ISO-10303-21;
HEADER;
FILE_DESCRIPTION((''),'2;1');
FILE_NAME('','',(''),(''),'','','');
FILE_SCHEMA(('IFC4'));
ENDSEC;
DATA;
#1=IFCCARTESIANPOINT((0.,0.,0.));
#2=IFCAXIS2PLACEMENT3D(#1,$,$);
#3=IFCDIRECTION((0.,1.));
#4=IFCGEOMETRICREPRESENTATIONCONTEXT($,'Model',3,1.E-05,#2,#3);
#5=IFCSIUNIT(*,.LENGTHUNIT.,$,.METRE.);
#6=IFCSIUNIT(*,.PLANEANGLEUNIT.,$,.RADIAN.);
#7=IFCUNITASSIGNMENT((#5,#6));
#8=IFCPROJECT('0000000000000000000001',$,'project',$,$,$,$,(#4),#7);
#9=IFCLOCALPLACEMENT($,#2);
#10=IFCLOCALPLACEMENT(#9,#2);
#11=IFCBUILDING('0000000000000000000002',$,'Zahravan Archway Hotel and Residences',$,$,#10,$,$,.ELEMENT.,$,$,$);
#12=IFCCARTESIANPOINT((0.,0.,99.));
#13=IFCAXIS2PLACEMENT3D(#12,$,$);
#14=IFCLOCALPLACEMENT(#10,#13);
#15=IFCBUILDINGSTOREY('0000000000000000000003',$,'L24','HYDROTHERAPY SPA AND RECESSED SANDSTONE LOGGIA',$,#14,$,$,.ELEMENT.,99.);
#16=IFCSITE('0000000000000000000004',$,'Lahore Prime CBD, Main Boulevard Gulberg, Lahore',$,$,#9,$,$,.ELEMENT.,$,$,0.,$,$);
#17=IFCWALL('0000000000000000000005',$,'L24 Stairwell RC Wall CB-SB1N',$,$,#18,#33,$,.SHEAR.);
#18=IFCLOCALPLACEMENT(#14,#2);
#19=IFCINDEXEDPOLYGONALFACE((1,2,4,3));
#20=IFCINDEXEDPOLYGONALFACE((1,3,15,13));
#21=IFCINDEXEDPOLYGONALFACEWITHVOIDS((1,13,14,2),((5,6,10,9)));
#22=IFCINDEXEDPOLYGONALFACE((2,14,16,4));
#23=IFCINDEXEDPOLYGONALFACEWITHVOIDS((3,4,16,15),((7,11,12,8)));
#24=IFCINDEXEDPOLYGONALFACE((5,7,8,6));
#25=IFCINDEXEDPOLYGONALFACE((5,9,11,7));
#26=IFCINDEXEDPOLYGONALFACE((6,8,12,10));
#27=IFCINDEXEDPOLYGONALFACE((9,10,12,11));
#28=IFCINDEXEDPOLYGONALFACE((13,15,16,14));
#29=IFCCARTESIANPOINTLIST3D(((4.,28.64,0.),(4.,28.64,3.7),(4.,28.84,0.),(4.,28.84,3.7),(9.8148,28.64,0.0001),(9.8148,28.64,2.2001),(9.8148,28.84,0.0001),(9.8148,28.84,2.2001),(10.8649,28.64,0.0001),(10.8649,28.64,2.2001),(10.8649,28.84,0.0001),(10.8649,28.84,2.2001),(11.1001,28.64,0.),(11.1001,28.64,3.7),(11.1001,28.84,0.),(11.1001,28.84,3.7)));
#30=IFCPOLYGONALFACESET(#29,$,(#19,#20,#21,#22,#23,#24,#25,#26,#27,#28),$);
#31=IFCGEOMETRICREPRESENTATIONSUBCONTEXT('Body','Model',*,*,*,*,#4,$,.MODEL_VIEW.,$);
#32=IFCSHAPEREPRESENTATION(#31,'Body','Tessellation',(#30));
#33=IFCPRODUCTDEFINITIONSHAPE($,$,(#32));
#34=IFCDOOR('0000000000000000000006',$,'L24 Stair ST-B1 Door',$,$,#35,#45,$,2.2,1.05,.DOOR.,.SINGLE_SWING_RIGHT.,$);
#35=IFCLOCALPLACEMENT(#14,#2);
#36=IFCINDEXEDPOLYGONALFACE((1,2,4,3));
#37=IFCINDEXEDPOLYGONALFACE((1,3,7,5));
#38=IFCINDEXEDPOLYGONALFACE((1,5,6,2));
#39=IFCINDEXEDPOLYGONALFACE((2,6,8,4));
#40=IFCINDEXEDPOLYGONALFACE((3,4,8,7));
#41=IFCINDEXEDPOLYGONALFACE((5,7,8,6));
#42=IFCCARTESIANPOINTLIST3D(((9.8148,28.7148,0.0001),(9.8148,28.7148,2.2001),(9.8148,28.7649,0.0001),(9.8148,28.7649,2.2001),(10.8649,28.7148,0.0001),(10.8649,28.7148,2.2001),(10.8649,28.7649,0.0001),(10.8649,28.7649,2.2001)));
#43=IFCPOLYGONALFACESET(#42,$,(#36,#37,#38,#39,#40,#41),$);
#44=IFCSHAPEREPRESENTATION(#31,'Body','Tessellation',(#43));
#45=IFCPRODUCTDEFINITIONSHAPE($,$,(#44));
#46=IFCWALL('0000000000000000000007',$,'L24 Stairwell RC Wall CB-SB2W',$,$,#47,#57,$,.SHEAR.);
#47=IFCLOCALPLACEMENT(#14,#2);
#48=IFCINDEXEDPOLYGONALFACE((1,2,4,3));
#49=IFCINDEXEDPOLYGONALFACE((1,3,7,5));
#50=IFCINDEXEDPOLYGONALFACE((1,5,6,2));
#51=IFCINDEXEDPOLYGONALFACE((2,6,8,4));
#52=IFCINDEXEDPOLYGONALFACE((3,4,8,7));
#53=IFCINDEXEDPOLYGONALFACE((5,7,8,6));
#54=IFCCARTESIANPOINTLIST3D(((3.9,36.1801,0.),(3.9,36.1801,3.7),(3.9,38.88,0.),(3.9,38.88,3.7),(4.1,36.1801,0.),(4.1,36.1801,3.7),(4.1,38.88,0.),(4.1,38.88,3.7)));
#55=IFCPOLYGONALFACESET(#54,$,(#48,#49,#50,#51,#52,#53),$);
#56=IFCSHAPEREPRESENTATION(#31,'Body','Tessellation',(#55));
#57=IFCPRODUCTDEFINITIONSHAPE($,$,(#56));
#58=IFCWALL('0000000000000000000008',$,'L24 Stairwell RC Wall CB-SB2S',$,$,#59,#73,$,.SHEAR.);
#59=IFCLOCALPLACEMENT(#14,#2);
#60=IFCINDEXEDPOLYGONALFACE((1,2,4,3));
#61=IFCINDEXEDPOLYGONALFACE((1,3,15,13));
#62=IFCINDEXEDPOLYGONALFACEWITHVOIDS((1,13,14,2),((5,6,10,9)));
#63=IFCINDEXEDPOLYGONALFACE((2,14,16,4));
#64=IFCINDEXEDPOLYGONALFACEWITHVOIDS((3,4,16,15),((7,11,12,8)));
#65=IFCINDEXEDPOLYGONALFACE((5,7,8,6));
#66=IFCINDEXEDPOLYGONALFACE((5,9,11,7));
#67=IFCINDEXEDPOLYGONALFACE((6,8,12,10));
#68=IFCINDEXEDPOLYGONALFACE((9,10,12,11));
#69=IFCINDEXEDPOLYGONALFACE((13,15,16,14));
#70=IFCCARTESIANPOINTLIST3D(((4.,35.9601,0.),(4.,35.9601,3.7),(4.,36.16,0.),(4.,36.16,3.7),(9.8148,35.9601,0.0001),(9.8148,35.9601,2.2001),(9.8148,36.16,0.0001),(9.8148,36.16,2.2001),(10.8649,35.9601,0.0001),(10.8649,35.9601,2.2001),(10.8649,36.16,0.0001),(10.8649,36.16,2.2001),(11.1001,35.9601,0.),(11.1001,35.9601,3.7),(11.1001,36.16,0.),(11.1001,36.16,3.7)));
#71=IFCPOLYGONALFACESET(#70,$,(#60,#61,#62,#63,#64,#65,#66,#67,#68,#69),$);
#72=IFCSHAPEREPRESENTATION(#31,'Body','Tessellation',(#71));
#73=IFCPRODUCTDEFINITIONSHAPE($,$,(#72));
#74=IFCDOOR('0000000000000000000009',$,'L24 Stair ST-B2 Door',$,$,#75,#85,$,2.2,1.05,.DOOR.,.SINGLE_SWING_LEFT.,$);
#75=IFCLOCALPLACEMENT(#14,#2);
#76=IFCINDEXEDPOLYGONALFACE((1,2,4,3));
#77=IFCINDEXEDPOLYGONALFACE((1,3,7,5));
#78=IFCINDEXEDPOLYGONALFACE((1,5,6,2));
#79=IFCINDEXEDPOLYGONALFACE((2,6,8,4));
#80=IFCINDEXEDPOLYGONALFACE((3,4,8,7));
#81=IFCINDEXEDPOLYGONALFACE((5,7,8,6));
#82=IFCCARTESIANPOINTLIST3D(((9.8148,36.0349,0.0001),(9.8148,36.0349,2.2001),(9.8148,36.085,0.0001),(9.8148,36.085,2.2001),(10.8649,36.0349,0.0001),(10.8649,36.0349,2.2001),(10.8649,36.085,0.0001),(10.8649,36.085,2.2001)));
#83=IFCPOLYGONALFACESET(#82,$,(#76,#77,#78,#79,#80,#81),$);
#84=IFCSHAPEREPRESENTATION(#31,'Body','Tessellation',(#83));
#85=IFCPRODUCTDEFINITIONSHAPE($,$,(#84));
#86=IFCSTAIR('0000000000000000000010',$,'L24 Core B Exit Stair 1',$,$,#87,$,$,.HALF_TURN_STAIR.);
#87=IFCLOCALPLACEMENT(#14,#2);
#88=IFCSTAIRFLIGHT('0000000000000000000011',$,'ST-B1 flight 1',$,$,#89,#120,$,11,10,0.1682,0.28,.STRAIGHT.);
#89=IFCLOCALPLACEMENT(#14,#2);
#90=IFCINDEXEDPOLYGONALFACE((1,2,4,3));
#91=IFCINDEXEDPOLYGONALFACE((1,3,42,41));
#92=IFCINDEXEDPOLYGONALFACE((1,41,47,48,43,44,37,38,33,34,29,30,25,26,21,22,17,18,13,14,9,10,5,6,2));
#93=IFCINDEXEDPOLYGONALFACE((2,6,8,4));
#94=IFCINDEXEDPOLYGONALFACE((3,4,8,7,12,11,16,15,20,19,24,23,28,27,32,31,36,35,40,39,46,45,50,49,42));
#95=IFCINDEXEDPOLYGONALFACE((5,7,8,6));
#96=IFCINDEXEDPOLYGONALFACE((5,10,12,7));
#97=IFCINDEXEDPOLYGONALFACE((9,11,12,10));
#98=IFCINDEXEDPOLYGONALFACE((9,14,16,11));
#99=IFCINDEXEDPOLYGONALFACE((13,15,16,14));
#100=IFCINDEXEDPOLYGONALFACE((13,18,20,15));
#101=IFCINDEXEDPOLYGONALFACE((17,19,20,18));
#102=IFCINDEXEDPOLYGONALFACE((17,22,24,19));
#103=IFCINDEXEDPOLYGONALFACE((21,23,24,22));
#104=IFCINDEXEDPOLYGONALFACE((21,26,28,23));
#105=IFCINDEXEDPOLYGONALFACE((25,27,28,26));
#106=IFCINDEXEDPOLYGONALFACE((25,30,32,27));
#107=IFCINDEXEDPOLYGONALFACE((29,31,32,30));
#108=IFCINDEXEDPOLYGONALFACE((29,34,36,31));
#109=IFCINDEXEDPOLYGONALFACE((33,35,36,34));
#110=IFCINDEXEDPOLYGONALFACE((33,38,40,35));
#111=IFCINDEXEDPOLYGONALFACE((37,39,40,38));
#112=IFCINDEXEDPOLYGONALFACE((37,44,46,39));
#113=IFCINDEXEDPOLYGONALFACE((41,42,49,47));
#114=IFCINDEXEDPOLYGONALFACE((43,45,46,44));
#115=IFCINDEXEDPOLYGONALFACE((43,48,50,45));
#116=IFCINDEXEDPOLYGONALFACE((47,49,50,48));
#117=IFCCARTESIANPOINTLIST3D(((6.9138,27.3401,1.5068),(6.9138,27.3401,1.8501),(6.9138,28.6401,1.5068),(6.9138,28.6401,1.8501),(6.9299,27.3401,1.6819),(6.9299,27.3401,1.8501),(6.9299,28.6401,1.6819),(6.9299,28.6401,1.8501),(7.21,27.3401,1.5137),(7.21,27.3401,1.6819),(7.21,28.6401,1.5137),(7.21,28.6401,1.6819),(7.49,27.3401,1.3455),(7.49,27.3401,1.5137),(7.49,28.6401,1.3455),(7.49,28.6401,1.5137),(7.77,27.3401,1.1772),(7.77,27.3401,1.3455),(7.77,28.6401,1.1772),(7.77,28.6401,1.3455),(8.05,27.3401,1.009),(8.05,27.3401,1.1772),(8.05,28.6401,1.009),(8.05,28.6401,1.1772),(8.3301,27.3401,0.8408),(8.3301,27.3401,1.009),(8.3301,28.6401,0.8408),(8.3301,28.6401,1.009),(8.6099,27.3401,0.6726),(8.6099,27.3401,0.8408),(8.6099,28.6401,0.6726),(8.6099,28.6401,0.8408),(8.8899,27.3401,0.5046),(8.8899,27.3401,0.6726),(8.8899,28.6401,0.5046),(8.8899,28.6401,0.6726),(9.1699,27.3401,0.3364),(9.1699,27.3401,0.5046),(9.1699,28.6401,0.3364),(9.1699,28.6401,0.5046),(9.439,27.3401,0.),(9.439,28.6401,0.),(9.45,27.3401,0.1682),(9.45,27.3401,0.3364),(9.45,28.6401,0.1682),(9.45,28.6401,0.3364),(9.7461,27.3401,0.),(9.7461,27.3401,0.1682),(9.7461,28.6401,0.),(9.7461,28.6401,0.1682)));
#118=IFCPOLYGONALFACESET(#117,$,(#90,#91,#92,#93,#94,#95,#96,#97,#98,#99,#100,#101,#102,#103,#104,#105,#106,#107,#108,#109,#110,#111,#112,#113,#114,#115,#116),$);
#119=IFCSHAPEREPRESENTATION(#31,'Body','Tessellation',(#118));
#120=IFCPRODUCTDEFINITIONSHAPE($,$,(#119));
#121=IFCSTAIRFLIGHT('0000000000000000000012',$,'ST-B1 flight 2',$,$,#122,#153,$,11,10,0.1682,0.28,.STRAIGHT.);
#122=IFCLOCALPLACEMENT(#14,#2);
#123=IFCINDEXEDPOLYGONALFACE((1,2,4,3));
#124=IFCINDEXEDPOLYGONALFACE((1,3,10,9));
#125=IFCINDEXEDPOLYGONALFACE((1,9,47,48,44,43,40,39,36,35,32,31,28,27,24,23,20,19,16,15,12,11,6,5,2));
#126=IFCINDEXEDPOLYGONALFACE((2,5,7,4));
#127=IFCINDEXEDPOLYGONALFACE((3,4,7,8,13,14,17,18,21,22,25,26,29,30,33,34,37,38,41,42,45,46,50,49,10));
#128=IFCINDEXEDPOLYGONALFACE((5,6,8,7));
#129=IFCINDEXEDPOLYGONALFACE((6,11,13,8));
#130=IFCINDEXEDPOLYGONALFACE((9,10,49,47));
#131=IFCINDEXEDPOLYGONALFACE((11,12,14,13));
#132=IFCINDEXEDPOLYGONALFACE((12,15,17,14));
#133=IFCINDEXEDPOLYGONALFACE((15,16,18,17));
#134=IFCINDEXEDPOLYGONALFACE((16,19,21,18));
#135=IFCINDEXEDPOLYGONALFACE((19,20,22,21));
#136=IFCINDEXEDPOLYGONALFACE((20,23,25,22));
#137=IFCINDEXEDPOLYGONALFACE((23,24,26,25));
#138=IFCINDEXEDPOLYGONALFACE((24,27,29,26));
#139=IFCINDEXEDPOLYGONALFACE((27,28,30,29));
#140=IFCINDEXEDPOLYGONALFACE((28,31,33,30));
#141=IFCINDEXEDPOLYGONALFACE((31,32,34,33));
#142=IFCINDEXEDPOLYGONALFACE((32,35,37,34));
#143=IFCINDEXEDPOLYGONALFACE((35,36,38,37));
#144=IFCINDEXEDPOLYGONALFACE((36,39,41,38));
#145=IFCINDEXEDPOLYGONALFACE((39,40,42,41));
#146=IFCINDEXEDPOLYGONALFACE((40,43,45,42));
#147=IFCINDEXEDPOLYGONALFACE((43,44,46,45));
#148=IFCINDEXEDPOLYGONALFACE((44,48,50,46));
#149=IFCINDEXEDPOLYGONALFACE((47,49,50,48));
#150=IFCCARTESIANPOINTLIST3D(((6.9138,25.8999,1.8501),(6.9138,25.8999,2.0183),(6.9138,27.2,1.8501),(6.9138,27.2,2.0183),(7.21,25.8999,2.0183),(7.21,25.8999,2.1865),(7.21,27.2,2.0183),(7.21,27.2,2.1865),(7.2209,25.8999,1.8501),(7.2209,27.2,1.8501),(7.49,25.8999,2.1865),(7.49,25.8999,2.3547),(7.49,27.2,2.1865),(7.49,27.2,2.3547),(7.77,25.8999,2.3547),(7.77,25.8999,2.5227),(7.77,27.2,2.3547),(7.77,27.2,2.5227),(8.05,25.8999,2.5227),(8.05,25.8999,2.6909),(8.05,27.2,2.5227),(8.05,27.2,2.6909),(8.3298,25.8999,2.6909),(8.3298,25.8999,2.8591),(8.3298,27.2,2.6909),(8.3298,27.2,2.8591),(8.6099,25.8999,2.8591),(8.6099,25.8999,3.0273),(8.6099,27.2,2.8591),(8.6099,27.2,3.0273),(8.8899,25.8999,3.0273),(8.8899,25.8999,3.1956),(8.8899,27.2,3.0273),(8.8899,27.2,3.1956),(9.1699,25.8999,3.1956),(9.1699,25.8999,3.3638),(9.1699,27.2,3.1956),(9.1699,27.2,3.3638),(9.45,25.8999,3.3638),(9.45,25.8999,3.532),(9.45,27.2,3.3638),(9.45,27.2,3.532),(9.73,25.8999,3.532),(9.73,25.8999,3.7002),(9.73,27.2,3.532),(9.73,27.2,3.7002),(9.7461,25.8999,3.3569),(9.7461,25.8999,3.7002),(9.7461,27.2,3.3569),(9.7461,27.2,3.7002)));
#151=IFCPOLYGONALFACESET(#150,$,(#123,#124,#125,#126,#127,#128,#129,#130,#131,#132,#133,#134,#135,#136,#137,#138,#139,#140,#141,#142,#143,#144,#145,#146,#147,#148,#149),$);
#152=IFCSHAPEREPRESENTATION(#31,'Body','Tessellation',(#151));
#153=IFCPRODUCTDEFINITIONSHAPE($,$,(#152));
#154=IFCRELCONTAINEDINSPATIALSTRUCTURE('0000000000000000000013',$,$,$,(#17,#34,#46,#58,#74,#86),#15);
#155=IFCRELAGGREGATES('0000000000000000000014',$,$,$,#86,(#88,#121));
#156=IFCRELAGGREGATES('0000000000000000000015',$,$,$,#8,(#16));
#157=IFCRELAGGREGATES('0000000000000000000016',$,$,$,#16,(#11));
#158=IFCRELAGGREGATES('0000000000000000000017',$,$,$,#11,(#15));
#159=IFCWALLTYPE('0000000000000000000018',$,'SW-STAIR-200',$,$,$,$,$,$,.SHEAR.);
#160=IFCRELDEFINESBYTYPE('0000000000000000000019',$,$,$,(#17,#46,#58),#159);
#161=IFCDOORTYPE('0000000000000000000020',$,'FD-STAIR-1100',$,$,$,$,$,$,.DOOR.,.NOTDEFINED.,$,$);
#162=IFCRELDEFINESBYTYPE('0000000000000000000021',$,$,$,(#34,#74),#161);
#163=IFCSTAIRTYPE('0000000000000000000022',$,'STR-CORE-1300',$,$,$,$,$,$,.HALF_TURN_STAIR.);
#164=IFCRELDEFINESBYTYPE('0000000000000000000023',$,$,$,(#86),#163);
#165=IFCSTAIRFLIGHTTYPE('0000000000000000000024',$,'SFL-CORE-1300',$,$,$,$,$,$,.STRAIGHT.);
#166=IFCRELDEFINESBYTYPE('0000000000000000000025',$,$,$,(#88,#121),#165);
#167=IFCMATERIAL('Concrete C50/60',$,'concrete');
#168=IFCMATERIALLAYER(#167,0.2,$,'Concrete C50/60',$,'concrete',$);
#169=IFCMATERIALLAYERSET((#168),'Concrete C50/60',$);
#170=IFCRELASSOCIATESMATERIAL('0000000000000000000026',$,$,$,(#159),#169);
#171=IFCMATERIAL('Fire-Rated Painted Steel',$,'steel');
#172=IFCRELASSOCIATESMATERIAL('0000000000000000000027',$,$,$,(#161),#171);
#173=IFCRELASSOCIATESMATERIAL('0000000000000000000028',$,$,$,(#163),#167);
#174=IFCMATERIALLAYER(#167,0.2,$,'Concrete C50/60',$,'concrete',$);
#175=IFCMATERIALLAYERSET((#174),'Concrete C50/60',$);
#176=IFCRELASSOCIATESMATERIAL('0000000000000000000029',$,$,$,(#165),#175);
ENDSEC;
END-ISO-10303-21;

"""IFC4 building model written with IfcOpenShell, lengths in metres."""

from ifc_helpers import new_model, si_unit, direction, frame, frame_2d, origin, place, context, subcontext, project, spatial, polyline, rectangle, outline, extrude, source, transform, mapped, material, layer, layer_set, type_object, type_shapes, element, fill, aggregate, save


model = new_model("IFC4")

# Units and contexts
model_context = context("Model", 3, precision=1e-05, world=origin(), true_north=direction((0.0, 1.0)))
body_context = subcontext(model_context, "Body", "Model", "MODEL_VIEW")
ifc_project = project(units=[si_unit("LENGTHUNIT", "METRE"), si_unit("PLANEANGLEUNIT", "RADIAN")], contexts=[model_context])

# Site, building, storey
site_placement = place(None, origin())
site = spatial("IfcSite", under=ifc_project, at=site_placement, Name="Lahore Prime CBD, Main Boulevard Gulberg, Lahore", CompositionType="ELEMENT", RefElevation=0.0)
building_placement = place(site_placement, origin())
building = spatial("IfcBuilding", under=site, at=building_placement, Name="Zahravan Archway Hotel and Residences", CompositionType="ELEMENT")
storey_placement = place(building_placement, frame((0.0, 0.0, 99.0)))
storey = spatial("IfcBuildingStorey", under=building, at=storey_placement, Name="L24", Description="HYDROTHERAPY SPA AND RECESSED SANDSTONE LOGGIA", CompositionType="ELEMENT", Elevation=99.0)

# Shared definitions
ifc_material_1 = material(Name="Fire-Rated Painted Steel", Category="steel")

# Shared definitions
ifc_material_2 = material(Name="Concrete C50/60", Category="concrete")
ifc_layer_1 = layer(ifc_material_2, 0.2, Name="Concrete C50/60", Category="concrete")
ifc_layer_set_1 = layer_set([ifc_layer_1], Name="Concrete C50/60")
wall_type_1 = type_object("IfcWallType", Name="SW-STAIR-200", PredefinedType="SHEAR", material=ifc_layer_set_1)

# Wall, opening, door
wall_1_placement = place(storey_placement, frame((4.0, 28.74, 0.0), z_axis=(0.0, 0.0, 1.0), x_axis=(1.0, 0.0, 0.0)))
wall_1 = element("IfcWall", 1, at=wall_1_placement, inside=storey, type_object=wall_type_1, Name="L24 Stairwell RC Wall CB-SB1N", PredefinedType="SHEAR", context=body_context, shape_type="SweptSolid", body=[
    extrude(rectangle(XDim=7.1001, YDim=0.2, at=frame_2d((3.55, 0.0))), origin(), (0.0, 0.0, 1.0), 3.7),
])
opening_1_placement = place(wall_1_placement, frame((5.8149, 0.0, 0.0)))
opening_1 = element("IfcOpeningElement", 2, at=opening_1_placement, cuts=wall_1, PredefinedType="OPENING", context=body_context, shape_type="SweptSolid", body=[
    extrude(rectangle(XDim=1.05, YDim=2.2, at=frame_2d((0.5249, 1.1001))), frame((0.0, 0.1099, 0.0), z_axis=(0.0, -1.0, 0.0), x_axis=(1.0, 0.0, 0.0)), (0.0, 0.0, 1.0), 0.22),
])
door_type_1 = type_object("IfcDoorType", Name="FD-STAIR-1100", OperationType="NOTDEFINED", PredefinedType="DOOR", material=ifc_material_1)
shared_shape_1 = source(origin(), body_context, "Body", "SweptSolid", [
    extrude(rectangle(XDim=1.05, YDim=2.2, at=frame_2d((0.5249, 1.1001))), frame((0.0, 0.0249, 0.0), z_axis=(0.0, -1.0, 0.0), x_axis=(1.0, 0.0, 0.0)), (0.0, 0.0, 1.0), 0.05),
])
type_shapes(door_type_1, [shared_shape_1])
door_1_placement = place(opening_1_placement, origin())
door_1 = element("IfcDoor", 3, at=door_1_placement, inside=storey, type_object=door_type_1, Name="L24 Stair ST-B1 Door", OperationType="SINGLE_SWING_RIGHT", OverallHeight=2.2, OverallWidth=1.05, PredefinedType="DOOR", context=body_context, shape_type="MappedRepresentation", body=[
    mapped(shared_shape_1, transform((0.0, 0.0, 0.0), scale=1.0)),
])
fill(opening_1, door_1)

# Wall
wall_2_placement = place(storey_placement, frame((4.0, 36.1799, 0.0), z_axis=(0.0, 0.0, 1.0), x_axis=(0.0, 1.0, 0.0)))
element("IfcWall", 4, at=wall_2_placement, inside=storey, type_object=wall_type_1, Name="L24 Stairwell RC Wall CB-SB2W", PredefinedType="SHEAR", context=body_context, shape_type="SweptSolid", body=[
    extrude(rectangle(XDim=2.7, YDim=0.2, at=frame_2d((1.3501, 0.0))), origin(), (0.0, 0.0, 1.0), 3.7),
])

# Wall, opening, door
wall_3_placement = place(storey_placement, frame((4.0, 36.0601, 0.0), z_axis=(0.0, 0.0, 1.0), x_axis=(1.0, 0.0, 0.0)))
wall_3 = element("IfcWall", 5, at=wall_3_placement, inside=storey, type_object=wall_type_1, Name="L24 Stairwell RC Wall CB-SB2S", PredefinedType="SHEAR", context=body_context, shape_type="SweptSolid", body=[
    extrude(rectangle(XDim=7.1001, YDim=0.2, at=frame_2d((3.55, 0.0))), origin(), (0.0, 0.0, 1.0), 3.7),
])
opening_2_placement = place(wall_3_placement, frame((5.8149, 0.0, 0.0)))
opening_2 = element("IfcOpeningElement", 6, at=opening_2_placement, cuts=wall_3, PredefinedType="OPENING", context=body_context, shape_type="SweptSolid", body=[
    extrude(rectangle(XDim=1.05, YDim=2.2, at=frame_2d((0.5249, 1.1001))), frame((0.0, 0.1099, 0.0), z_axis=(0.0, -1.0, 0.0), x_axis=(1.0, 0.0, 0.0)), (0.0, 0.0, 1.0), 0.22),
])
door_2_placement = place(opening_2_placement, origin())
door_2 = element("IfcDoor", 7, at=door_2_placement, inside=storey, type_object=door_type_1, Name="L24 Stair ST-B2 Door", OperationType="SINGLE_SWING_LEFT", OverallHeight=2.2, OverallWidth=1.05, PredefinedType="DOOR", context=body_context, shape_type="MappedRepresentation", body=[
    mapped(shared_shape_1, transform((0.0, 0.0, 0.0), scale=1.0)),
])
fill(opening_2, door_2)

# Stair, stair flights
stair_type = type_object("IfcStairType", Name="STR-CORE-1300", PredefinedType="HALF_TURN_STAIR", material=ifc_material_2)
stair_placement = place(storey_placement, origin())
stair = element("IfcStair", 8, at=stair_placement, inside=storey, type_object=stair_type, Name="L24 Core B Exit Stair 1", PredefinedType="HALF_TURN_STAIR")
ifc_layer_2 = layer(ifc_material_2, 0.2, Name="Concrete C50/60", Category="concrete")
ifc_layer_set_2 = layer_set([ifc_layer_2], Name="Concrete C50/60")
stair_flight_type = type_object("IfcStairFlightType", Name="SFL-CORE-1300", PredefinedType="STRAIGHT", material=ifc_layer_set_2)
shared_shape_2 = source(origin(), body_context, "Body", "SweptSolid", [
    extrude(outline(polyline([(-0.0161, 0.0), (-0.0161, 0.1682), (0.28, 0.1682), (0.28, 0.3364), (0.5601, 0.3364), (0.5601, 0.5046), (0.8401, 0.5046), (0.8401, 0.6726), (1.1201, 0.6726), (1.1201, 0.8408), (1.3999, 0.8408), (1.3999, 1.009), (1.6799, 1.009), (1.6799, 1.1772), (1.96, 1.1772), (1.96, 1.3455), (2.24, 1.3455), (2.24, 1.5137), (2.52, 1.5137), (2.52, 1.6819), (2.8, 1.6819), (2.8, 1.8501), (2.8162, 1.8501), (2.8162, 1.5068), (0.291, 0.0), (-0.0161, 0.0)])), frame((0.0, 0.6499, 0.0), z_axis=(0.0, -1.0, 0.0), x_axis=(1.0, 0.0, 0.0)), (0.0, 0.0, 1.0), 1.3),
])
stair_flight_1_placement = place(storey_placement, frame((9.73, 27.99, 0.0), z_axis=(0.0, 0.0, 1.0), x_axis=(-1.0, 0.0, 0.0)))
stair_flight_1 = element("IfcStairFlight", 9, at=stair_flight_1_placement, type_object=stair_flight_type, Name="ST-B1 flight 1", NumberOfRisers=11, NumberOfTreads=10, PredefinedType="STRAIGHT", RiserHeight=0.1682, TreadLength=0.28, context=body_context, shape_type="MappedRepresentation", body=[
    mapped(shared_shape_2, transform((0.0, 0.0, 0.0), scale=1.0)),
])
stair_flight_2_placement = place(storey_placement, frame((6.9299, 26.55, 1.8501), z_axis=(0.0, 0.0, 1.0), x_axis=(1.0, 0.0, 0.0)))
stair_flight_2 = element("IfcStairFlight", 10, at=stair_flight_2_placement, type_object=stair_flight_type, Name="ST-B1 flight 2", NumberOfRisers=11, NumberOfTreads=10, PredefinedType="STRAIGHT", RiserHeight=0.1682, TreadLength=0.28, context=body_context, shape_type="MappedRepresentation", body=[
    mapped(shared_shape_2, transform((0.0, 0.0, 0.0), scale=1.0)),
])
aggregate(stair, [stair_flight_1, stair_flight_2])

save(model, "model.ifc")
